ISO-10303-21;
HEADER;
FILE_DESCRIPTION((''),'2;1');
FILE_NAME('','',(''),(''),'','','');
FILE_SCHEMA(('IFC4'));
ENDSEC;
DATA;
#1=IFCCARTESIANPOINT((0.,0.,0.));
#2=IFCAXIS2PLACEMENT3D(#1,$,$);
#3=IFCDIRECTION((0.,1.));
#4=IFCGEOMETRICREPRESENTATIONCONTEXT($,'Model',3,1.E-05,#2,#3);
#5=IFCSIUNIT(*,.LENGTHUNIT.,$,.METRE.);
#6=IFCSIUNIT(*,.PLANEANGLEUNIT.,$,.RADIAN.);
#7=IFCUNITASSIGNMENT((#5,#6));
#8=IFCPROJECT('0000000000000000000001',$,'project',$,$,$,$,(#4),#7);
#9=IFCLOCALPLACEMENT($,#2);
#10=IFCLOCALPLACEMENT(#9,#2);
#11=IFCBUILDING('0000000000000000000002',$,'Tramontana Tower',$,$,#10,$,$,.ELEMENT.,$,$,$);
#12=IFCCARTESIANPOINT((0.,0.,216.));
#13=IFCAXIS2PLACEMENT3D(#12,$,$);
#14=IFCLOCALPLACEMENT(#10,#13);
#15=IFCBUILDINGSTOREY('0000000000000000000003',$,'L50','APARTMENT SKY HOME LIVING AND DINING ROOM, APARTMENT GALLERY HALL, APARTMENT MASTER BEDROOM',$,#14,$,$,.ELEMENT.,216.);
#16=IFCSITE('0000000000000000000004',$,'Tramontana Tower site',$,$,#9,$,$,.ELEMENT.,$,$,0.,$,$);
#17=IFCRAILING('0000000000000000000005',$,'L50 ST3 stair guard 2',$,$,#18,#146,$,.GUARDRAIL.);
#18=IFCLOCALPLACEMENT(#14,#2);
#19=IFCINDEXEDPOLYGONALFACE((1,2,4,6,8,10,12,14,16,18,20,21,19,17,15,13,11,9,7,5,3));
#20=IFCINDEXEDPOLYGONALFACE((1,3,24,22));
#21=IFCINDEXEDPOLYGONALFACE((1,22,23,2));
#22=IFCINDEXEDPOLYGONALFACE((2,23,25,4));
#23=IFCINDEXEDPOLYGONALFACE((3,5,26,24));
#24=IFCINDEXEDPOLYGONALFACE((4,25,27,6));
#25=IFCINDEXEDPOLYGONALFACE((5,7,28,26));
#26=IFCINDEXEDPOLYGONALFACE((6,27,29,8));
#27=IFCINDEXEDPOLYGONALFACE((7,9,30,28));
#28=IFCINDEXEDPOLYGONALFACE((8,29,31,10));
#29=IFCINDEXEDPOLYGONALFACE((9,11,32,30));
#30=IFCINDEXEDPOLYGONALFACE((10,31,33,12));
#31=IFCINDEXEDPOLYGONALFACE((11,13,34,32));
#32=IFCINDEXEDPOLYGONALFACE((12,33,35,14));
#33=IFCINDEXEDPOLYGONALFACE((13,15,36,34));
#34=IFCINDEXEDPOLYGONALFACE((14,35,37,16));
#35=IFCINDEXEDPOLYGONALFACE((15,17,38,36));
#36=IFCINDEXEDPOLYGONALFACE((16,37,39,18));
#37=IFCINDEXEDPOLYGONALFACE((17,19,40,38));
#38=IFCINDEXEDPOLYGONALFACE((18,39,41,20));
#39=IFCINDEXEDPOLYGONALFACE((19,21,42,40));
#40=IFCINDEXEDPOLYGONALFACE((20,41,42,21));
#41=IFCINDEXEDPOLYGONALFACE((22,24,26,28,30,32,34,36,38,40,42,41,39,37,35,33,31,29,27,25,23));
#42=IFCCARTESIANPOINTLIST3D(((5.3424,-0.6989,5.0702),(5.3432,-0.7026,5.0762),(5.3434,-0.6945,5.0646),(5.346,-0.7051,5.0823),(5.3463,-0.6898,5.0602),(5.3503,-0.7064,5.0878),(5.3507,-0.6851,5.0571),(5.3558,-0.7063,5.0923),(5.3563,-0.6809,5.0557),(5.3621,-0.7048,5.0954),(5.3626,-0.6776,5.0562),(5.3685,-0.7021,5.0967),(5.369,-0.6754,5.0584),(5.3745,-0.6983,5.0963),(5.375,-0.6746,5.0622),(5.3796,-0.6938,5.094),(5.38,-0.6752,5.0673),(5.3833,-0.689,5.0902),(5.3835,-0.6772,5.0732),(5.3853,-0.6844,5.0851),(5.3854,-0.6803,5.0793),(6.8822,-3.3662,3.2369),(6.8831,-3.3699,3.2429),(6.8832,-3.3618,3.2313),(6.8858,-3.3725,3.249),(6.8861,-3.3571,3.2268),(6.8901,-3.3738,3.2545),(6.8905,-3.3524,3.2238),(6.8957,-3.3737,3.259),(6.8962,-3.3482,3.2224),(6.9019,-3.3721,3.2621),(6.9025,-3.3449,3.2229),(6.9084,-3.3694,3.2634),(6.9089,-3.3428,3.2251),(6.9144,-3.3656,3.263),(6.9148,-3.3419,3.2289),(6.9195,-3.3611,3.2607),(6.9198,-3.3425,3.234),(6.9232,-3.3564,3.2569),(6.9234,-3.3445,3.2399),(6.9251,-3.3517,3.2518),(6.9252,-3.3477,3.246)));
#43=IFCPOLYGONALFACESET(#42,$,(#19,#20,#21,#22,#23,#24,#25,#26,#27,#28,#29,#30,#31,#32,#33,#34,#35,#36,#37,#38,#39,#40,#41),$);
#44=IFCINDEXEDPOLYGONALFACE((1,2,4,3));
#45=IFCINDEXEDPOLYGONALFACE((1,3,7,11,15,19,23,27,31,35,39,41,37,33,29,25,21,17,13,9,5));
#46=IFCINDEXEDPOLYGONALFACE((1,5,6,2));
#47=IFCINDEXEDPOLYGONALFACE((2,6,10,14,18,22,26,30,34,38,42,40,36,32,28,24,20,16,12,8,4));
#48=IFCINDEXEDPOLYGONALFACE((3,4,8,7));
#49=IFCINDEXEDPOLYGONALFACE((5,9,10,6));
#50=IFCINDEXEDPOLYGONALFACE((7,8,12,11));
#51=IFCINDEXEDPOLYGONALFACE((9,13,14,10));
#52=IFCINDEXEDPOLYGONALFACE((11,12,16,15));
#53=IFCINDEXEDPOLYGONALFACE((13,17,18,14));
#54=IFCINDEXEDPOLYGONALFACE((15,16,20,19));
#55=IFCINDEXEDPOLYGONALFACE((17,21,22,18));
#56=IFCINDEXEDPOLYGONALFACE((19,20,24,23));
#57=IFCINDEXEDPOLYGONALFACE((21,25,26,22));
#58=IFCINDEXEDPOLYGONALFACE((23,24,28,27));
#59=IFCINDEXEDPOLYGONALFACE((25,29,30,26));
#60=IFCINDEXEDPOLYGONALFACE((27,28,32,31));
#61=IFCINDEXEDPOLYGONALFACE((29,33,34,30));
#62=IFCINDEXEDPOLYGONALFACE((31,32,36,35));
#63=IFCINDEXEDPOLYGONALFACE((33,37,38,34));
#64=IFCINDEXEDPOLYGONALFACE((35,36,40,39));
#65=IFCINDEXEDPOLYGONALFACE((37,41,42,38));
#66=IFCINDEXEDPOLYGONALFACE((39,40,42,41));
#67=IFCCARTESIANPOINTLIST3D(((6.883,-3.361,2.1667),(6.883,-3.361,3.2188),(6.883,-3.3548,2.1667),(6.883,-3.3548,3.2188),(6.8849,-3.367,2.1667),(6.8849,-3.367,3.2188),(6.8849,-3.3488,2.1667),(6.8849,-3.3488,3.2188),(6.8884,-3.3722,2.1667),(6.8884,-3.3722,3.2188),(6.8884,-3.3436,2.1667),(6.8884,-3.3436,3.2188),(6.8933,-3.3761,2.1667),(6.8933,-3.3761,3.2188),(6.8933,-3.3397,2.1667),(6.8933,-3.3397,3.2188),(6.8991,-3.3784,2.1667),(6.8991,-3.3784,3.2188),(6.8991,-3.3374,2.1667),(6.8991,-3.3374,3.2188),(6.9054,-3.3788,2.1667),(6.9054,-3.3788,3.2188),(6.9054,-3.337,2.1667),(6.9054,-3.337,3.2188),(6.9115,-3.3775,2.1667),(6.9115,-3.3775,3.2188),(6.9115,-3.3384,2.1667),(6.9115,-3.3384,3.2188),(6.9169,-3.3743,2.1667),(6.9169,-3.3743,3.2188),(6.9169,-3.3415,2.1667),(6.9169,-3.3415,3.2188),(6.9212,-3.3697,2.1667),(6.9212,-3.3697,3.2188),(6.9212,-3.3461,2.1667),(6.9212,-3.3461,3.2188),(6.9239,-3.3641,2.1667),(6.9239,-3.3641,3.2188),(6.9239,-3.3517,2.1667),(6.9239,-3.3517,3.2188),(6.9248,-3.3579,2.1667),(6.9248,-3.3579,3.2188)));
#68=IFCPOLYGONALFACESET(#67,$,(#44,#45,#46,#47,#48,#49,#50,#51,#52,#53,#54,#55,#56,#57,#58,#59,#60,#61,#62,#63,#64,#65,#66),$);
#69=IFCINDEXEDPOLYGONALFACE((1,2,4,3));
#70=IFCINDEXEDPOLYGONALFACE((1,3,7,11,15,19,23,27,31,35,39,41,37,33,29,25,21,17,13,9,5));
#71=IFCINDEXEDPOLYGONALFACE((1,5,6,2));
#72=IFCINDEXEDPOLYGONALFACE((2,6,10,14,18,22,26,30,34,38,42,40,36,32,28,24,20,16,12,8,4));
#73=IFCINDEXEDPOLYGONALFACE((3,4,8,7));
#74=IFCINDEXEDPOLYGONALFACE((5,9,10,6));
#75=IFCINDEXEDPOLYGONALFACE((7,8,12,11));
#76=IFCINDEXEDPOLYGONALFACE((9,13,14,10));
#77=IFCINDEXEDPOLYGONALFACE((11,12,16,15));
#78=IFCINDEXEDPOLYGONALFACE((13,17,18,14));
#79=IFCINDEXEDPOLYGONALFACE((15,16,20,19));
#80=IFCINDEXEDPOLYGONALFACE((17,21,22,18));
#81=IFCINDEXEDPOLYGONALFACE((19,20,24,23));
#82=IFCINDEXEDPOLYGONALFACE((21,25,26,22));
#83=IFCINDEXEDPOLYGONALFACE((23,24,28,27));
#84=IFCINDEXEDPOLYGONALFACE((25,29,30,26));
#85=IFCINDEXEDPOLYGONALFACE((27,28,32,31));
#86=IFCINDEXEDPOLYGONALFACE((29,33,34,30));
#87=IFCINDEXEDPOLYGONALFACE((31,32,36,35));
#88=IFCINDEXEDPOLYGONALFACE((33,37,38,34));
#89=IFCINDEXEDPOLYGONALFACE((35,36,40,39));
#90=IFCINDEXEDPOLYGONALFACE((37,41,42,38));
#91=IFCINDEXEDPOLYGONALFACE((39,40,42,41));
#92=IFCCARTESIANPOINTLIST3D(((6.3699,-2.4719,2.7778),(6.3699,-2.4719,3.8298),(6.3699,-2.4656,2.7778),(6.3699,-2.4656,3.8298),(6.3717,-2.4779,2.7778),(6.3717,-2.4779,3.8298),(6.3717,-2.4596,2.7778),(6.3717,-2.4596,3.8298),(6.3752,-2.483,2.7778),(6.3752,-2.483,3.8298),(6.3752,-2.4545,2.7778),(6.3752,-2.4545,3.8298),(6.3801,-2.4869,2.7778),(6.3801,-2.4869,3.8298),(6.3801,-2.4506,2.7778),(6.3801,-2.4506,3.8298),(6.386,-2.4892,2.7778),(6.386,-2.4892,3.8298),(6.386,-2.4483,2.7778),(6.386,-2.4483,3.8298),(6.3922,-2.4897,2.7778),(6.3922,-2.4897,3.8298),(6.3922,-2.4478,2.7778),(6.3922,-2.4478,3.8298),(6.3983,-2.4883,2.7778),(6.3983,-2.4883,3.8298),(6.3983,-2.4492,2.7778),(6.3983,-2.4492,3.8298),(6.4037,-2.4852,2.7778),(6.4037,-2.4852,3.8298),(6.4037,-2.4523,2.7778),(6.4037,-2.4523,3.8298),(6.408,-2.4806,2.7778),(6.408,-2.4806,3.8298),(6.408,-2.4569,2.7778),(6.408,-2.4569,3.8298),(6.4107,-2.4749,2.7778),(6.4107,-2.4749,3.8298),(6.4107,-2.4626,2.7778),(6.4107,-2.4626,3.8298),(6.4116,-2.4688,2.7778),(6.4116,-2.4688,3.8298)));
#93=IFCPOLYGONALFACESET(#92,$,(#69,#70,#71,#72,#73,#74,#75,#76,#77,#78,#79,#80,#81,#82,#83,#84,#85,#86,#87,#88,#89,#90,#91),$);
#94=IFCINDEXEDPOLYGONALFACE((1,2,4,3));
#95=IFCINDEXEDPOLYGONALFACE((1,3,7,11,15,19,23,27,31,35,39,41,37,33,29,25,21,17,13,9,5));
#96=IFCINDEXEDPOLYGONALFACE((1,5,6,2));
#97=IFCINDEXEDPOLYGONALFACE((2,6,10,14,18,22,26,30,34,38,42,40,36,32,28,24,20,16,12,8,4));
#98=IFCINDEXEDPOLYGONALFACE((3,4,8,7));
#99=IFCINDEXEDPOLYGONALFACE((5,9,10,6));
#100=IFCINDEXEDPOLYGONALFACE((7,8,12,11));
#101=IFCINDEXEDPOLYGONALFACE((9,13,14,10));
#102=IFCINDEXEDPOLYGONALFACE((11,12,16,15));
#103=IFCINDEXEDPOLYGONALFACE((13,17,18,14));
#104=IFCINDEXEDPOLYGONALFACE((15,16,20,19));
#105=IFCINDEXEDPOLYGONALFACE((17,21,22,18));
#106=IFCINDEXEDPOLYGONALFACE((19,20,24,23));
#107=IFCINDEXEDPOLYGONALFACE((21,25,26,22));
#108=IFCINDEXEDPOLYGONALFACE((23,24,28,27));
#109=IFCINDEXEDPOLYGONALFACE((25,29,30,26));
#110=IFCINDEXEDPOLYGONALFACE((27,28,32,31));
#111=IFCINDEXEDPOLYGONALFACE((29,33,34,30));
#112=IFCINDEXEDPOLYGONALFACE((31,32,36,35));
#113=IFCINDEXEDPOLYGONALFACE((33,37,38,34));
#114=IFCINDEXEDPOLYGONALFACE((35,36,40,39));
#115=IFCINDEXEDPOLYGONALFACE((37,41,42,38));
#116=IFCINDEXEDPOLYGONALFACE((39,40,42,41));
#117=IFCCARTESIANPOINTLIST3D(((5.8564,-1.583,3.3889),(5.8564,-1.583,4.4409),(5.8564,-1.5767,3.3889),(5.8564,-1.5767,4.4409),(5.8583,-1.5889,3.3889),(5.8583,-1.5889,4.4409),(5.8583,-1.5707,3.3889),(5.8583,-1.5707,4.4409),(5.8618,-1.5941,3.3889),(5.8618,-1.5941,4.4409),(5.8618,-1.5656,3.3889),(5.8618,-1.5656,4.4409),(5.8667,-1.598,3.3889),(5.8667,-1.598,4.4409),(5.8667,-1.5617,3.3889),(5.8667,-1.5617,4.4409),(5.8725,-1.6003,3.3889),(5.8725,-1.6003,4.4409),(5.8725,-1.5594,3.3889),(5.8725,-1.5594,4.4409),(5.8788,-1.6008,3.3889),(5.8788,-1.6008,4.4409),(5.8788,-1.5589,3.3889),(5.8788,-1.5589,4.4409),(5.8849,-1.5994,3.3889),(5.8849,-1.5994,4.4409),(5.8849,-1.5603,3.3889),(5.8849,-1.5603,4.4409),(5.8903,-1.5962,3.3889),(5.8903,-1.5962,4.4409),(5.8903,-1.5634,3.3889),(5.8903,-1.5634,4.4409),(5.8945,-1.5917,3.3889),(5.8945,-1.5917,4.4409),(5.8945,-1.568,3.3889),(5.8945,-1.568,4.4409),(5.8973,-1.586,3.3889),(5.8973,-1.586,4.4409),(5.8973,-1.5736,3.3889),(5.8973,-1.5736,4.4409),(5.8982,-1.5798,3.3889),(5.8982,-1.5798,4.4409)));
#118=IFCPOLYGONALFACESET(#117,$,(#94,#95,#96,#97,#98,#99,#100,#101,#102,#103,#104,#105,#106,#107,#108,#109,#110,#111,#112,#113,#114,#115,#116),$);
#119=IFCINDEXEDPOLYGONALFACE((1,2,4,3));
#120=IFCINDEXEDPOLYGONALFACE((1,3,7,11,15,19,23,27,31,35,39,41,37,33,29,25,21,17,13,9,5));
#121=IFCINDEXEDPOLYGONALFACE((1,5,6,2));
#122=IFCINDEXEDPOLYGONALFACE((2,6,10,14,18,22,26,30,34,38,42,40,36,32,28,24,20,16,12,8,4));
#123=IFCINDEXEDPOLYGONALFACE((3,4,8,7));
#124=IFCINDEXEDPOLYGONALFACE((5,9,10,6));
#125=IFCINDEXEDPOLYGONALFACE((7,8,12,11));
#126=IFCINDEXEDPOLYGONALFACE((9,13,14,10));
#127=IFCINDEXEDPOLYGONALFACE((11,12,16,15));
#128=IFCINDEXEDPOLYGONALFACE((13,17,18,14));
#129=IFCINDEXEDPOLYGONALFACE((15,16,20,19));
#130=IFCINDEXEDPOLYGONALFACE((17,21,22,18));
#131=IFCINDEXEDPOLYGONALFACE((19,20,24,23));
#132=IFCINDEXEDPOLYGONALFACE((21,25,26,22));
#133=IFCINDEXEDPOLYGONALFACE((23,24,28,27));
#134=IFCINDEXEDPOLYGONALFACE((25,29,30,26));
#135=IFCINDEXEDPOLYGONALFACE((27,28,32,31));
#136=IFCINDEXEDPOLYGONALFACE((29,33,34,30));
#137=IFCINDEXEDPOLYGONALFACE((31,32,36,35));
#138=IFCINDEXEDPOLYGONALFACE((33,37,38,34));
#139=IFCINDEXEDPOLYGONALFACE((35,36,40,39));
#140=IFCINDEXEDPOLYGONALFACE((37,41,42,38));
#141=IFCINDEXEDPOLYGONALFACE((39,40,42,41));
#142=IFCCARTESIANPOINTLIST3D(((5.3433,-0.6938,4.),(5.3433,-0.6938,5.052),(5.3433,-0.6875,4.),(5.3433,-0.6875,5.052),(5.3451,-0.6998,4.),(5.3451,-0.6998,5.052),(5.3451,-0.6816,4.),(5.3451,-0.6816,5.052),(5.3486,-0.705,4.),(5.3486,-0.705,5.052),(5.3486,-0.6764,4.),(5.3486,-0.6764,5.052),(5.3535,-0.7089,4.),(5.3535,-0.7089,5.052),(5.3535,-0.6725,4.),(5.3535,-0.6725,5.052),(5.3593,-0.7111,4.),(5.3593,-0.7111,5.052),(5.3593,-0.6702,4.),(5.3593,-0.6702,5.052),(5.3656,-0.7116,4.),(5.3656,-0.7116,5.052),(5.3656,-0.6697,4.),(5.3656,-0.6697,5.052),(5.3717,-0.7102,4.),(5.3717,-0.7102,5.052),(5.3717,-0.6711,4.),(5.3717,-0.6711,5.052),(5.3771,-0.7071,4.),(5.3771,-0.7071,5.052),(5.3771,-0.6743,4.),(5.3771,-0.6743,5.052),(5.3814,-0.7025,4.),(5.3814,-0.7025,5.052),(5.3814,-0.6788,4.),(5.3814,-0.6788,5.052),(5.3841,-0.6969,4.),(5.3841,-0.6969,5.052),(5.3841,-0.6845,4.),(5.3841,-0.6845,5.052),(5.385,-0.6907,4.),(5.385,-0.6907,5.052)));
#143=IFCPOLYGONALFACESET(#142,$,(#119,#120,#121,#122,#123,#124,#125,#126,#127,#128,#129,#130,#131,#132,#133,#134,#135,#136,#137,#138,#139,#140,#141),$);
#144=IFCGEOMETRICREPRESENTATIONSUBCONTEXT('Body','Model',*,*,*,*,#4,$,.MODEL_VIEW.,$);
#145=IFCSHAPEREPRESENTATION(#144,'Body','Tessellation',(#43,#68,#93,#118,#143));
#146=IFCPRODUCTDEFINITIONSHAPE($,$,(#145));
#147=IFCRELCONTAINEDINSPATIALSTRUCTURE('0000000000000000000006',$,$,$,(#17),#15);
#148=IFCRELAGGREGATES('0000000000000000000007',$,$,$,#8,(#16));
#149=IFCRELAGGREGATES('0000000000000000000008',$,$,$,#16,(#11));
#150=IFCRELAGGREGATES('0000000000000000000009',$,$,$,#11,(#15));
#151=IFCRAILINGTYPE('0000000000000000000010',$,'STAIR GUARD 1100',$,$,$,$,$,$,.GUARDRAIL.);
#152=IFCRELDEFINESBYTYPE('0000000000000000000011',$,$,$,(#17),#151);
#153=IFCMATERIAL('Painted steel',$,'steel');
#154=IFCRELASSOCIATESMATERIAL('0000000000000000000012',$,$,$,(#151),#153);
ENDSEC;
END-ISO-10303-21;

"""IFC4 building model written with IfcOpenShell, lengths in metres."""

from ifc_helpers import new_model, si_unit, direction, frame, origin, origin_2d, place, context, subcontext, project, spatial, circle, extrude, material, type_object, element, save


model = new_model("IFC4")

# Units and contexts
model_context = context("Model", 3, precision=1e-05, world=origin(), true_north=direction((0.0, 1.0)))
body_context = subcontext(model_context, "Body", "Model", "MODEL_VIEW")
ifc_project = project(units=[si_unit("LENGTHUNIT", "METRE"), si_unit("PLANEANGLEUNIT", "RADIAN")], contexts=[model_context])

# Site, building, storey
site_placement = place(None, origin())
site = spatial("IfcSite", under=ifc_project, at=site_placement, Name="Tramontana Tower site", CompositionType="ELEMENT", RefElevation=0.0)
building_placement = place(site_placement, origin())
building = spatial("IfcBuilding", under=site, at=building_placement, Name="Tramontana Tower", CompositionType="ELEMENT")
storey_placement = place(building_placement, frame((0.0, 0.0, 216.0)))
storey = spatial("IfcBuildingStorey", under=building, at=storey_placement, Name="L50", Description="APARTMENT SKY HOME LIVING AND DINING ROOM, APARTMENT GALLERY HALL, APARTMENT MASTER BEDROOM", CompositionType="ELEMENT", Elevation=216.0)

# Railing
ifc_material_1 = material(Name="Painted steel", Category="steel")
railing_type_1 = type_object("IfcRailingType", Name="STAIR GUARD 1100", PredefinedType="GUARDRAIL", material=ifc_material_1)
railing_1_placement = place(storey_placement, frame((6.9038, -3.3579, 2.1667)))
element("IfcRailing", 1, at=railing_1_placement, inside=storey, type_object=railing_type_1, Name="L50 ST3 stair guard 2", PredefinedType="GUARDRAIL", context=body_context, shape_type="SweptSolid", body=[
    extrude(circle(Radius=0.0239, at=origin_2d()), frame((0.0, 0.0, 1.0762), z_axis=(-0.429616, 0.744181, 0.511493), x_axis=(-0.866044, -0.499967, 0.0)), (0.0, 0.0, 1.0), 3.5842),
    extrude(circle(Radius=0.021, at=origin_2d()), origin(), (0.0, 0.0, 1.0), 1.052),
    extrude(circle(Radius=0.021, at=origin_2d()), frame((-0.5132, 0.8892, 0.6111)), (0.0, 0.0, 1.0), 1.052),
    extrude(circle(Radius=0.021, at=origin_2d()), frame((-1.0266, 1.7781, 1.2222)), (0.0, 0.0, 1.0), 1.052),
    extrude(circle(Radius=0.021, at=origin_2d()), frame((-1.5398, 2.6672, 1.8333)), (0.0, 0.0, 1.0), 1.052),
])

save(model, "model.ifc")
